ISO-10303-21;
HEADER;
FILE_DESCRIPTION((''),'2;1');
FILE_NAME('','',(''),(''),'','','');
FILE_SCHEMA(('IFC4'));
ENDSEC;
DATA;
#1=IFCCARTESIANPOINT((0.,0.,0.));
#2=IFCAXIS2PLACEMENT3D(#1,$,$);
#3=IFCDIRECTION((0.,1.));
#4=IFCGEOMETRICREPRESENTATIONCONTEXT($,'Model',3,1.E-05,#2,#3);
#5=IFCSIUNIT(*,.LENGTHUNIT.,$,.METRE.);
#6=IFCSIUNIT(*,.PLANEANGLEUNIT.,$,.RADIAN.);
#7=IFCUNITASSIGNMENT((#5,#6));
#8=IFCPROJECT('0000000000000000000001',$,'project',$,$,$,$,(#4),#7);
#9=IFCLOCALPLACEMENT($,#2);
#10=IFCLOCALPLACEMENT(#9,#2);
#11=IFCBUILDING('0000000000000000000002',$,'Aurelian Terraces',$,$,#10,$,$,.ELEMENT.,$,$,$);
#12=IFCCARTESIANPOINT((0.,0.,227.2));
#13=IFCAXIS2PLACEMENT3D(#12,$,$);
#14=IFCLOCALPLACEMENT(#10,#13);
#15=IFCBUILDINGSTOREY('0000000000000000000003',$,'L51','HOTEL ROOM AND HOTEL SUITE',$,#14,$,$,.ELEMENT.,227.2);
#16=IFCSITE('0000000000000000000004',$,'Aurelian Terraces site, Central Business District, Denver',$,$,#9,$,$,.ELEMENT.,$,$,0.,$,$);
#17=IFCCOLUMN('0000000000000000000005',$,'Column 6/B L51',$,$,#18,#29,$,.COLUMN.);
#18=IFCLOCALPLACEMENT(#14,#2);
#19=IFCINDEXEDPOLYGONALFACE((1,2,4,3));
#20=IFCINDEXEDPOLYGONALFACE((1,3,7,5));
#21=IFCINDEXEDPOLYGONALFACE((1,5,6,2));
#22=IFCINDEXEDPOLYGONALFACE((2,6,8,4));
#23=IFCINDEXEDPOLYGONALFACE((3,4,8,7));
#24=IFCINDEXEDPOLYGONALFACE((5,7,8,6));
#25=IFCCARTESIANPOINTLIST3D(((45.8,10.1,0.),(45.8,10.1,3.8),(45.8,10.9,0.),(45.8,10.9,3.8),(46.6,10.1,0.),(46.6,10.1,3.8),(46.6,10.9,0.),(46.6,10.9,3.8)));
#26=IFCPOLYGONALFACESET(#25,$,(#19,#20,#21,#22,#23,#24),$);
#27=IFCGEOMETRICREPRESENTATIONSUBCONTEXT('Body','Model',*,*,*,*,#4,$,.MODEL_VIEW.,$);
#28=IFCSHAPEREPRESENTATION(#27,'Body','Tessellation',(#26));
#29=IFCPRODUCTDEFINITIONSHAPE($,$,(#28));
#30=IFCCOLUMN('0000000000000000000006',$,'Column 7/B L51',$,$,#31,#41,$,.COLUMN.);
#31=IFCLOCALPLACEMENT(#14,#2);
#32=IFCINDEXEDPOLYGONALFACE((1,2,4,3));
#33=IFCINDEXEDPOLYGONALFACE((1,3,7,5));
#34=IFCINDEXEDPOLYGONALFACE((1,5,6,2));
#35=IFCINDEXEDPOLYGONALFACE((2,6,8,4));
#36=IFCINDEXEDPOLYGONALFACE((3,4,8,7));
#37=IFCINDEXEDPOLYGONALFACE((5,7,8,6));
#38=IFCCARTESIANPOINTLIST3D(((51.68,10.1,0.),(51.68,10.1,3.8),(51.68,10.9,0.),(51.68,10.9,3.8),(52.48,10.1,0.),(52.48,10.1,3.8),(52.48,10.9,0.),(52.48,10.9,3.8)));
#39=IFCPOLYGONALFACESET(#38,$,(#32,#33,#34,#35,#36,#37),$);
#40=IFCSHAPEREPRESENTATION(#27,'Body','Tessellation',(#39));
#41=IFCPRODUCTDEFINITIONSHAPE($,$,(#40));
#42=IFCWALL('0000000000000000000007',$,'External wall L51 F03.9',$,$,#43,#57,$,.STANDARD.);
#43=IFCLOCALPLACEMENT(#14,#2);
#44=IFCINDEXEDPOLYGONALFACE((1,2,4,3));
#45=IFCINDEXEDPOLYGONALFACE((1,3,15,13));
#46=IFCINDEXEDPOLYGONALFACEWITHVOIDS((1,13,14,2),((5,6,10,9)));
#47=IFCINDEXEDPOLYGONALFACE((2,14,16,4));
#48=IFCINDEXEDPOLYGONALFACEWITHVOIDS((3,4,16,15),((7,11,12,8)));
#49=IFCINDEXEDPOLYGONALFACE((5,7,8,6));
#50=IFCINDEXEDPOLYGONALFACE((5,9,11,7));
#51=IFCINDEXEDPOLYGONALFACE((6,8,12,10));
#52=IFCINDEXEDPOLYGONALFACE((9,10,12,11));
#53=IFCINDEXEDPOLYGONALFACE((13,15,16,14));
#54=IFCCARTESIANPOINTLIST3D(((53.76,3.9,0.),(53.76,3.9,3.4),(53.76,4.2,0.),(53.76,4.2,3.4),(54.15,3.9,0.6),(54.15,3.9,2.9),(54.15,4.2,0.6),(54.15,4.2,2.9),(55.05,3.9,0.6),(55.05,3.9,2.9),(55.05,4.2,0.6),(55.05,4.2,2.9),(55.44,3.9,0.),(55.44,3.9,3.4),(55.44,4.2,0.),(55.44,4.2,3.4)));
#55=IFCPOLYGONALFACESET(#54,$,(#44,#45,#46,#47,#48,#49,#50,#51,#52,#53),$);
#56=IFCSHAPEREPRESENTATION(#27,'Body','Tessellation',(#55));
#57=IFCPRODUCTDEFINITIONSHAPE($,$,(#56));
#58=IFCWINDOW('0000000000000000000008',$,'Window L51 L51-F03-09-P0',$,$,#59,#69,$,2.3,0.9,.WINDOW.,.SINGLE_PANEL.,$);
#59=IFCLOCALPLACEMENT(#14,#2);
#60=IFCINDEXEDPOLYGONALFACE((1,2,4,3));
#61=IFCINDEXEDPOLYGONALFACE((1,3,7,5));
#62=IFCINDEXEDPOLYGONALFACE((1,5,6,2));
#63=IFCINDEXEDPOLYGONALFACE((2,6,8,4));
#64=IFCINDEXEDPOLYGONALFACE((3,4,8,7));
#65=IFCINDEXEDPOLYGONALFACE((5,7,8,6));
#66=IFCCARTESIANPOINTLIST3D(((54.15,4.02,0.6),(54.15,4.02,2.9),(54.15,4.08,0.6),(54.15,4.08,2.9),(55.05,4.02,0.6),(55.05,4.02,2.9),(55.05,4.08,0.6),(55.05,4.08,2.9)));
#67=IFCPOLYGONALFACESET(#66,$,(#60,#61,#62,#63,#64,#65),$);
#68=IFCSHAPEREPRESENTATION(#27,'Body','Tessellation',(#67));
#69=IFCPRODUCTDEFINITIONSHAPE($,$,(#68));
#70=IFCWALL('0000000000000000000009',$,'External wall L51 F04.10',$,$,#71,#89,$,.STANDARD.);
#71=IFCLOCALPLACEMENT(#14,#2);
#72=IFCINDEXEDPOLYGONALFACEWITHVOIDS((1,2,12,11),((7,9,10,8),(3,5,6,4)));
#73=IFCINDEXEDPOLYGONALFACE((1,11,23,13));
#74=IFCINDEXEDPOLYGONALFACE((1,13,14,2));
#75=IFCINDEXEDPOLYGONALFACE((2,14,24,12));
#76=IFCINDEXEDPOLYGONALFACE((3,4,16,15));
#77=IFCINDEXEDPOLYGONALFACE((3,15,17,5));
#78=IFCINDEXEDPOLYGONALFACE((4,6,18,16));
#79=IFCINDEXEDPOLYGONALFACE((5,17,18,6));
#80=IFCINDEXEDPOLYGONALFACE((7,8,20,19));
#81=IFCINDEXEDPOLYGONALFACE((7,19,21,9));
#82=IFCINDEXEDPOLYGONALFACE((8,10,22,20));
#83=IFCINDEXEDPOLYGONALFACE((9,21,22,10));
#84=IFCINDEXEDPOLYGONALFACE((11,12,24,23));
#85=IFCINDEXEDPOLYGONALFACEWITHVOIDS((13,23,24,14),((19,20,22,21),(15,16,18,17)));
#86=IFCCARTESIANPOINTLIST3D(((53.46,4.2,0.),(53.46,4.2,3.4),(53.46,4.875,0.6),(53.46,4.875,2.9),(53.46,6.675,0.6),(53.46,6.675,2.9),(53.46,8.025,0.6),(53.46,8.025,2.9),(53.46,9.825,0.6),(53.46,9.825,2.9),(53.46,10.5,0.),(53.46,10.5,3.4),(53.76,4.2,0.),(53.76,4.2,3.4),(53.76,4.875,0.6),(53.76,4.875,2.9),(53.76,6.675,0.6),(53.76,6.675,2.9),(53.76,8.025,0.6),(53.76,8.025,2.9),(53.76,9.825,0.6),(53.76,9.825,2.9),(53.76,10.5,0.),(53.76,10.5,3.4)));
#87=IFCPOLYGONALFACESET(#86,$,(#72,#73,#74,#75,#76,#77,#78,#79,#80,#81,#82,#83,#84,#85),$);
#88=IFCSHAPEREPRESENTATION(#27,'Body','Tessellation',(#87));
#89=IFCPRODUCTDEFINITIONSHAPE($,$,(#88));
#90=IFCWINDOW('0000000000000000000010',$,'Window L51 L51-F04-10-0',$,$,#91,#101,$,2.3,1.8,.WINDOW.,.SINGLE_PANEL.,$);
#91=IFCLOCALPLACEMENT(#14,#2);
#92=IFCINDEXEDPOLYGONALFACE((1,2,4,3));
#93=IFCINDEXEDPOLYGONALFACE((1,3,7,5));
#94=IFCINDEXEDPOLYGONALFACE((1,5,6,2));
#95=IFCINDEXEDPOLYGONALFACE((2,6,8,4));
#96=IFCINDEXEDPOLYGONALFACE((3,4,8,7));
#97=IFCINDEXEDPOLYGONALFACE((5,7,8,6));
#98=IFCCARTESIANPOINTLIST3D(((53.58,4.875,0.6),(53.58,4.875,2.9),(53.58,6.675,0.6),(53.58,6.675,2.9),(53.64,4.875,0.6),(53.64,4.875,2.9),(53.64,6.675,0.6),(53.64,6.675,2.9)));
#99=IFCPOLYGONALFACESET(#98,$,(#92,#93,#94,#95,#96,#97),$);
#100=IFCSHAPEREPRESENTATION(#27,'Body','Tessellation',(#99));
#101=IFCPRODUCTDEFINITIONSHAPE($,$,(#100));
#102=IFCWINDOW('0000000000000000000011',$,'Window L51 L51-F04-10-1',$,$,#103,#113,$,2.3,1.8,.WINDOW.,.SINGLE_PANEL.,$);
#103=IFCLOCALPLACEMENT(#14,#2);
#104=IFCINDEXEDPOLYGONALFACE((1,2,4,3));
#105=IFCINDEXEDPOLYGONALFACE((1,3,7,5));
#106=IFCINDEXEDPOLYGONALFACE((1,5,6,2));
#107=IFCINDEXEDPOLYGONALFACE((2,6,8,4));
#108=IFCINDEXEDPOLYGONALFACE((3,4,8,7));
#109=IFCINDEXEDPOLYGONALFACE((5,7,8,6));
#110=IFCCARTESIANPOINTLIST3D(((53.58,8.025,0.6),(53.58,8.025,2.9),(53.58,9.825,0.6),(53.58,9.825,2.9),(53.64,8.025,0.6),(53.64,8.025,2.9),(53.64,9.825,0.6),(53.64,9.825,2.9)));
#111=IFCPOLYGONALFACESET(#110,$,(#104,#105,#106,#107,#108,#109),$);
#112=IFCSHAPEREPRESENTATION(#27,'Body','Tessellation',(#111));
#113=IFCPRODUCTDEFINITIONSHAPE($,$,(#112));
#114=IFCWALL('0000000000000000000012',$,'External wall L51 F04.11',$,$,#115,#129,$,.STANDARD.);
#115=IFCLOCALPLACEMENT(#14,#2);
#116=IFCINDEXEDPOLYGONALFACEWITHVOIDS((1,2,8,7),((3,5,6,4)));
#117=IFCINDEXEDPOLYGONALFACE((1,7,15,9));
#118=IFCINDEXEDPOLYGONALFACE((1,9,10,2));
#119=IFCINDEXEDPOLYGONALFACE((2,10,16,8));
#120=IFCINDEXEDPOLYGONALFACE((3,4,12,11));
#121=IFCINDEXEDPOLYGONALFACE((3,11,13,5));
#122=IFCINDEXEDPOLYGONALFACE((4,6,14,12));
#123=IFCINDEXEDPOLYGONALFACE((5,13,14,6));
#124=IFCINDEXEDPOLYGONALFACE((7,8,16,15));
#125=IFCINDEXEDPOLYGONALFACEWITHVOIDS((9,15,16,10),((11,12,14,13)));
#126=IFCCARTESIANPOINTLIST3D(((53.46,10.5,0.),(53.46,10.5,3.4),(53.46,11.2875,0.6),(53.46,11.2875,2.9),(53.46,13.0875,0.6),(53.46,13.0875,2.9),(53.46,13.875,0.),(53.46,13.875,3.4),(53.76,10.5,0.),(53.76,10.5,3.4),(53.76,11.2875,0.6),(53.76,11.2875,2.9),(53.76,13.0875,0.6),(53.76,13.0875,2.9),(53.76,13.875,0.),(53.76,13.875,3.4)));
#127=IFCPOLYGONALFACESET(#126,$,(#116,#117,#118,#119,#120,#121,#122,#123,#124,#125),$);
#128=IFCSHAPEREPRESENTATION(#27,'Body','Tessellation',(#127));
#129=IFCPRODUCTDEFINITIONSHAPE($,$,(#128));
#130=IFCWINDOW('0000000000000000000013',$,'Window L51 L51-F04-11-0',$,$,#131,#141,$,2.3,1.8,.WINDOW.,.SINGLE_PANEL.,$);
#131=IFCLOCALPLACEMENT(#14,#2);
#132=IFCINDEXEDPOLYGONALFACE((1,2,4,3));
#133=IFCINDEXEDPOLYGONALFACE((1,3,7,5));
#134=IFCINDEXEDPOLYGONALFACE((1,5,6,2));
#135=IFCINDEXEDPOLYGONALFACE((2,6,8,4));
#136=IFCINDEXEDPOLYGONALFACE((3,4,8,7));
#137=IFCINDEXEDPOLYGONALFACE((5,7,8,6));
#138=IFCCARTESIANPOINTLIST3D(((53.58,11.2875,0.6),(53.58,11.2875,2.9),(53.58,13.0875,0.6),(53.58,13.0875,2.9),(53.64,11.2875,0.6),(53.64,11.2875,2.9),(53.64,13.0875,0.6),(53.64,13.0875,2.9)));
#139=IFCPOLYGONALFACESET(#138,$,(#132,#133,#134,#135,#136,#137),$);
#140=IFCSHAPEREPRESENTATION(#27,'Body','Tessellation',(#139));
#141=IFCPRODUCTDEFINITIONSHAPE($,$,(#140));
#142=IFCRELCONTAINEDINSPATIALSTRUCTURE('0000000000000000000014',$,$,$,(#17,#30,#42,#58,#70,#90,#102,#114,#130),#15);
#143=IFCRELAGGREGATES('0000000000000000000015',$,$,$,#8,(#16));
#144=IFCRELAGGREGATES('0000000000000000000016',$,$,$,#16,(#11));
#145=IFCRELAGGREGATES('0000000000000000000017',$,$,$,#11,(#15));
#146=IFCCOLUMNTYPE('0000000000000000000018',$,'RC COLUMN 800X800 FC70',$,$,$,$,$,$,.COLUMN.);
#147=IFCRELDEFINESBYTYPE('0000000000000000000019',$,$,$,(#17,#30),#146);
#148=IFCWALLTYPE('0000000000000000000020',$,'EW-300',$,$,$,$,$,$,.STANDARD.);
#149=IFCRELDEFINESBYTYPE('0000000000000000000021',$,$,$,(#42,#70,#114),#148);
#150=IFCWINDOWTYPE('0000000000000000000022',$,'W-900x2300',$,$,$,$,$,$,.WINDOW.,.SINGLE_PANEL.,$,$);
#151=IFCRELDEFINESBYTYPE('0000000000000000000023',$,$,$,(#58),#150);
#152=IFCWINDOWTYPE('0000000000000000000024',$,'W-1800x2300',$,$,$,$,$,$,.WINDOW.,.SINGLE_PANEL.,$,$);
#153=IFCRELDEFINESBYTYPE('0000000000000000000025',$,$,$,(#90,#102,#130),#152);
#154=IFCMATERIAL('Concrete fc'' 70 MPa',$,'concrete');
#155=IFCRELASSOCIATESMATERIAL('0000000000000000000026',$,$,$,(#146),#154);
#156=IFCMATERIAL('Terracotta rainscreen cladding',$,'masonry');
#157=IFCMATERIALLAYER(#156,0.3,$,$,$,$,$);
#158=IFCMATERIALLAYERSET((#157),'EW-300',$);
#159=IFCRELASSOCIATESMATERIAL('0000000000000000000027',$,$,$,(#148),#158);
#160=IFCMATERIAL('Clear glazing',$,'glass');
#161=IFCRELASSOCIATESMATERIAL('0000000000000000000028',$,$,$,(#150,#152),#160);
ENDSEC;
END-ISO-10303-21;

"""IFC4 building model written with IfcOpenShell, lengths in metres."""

from ifc_helpers import new_model, si_unit, direction, frame, frame_2d, origin, origin_2d, place, context, subcontext, project, spatial, rectangle, extrude, source, transform, mapped, material, layer, layer_set, material_profile, profile_set, type_object, element, fill, save


model = new_model("IFC4")

# Units and contexts
model_context = context("Model", 3, precision=1e-05, world=origin(), true_north=direction((0.0, 1.0)))
body_context = subcontext(model_context, "Body", "Model", "MODEL_VIEW")
ifc_project = project(units=[si_unit("LENGTHUNIT", "METRE"), si_unit("PLANEANGLEUNIT", "RADIAN")], contexts=[model_context])

# Site, building, storey
site_placement = place(None, origin())
site = spatial("IfcSite", under=ifc_project, at=site_placement, Name="Aurelian Terraces site, Central Business District, Denver", CompositionType="ELEMENT", RefElevation=0.0)
building_placement = place(site_placement, origin())
building = spatial("IfcBuilding", under=site, at=building_placement, Name="Aurelian Terraces", CompositionType="ELEMENT")
storey_placement = place(building_placement, frame((0.0, 0.0, 227.2)))
storey = spatial("IfcBuildingStorey", under=building, at=storey_placement, Name="L51", Description="HOTEL ROOM AND HOTEL SUITE", CompositionType="ELEMENT", Elevation=227.2)

# Columns
ifc_material_1 = material(Name="Concrete fc' 70 MPa", Category="concrete")
ifc_material_profile = material_profile(ifc_material_1, rectangle(XDim=0.8, YDim=0.8, at=origin_2d()))
ifc_profile_set = profile_set([ifc_material_profile], Name="Concrete fc' 70 MPa")
column_type = type_object("IfcColumnType", Name="RC COLUMN 800X800 FC70", PredefinedType="COLUMN", material=ifc_profile_set)
shared_shape_1 = source(origin(), body_context, "Body", "SweptSolid", [
    extrude(rectangle(XDim=0.8, YDim=0.8, at=origin_2d()), origin(), (0.0, 0.0, 1.0), 3.8),
])
for number, where, z_axis, x_axis, name in (
    (1, (46.2, 10.5, 0.0), (0.0, 0.0, 1.0), (1.0, 0.0, 0.0), "Column 6/B L51"),
    (2, (52.08, 10.5, 0.0), (0.0, 0.0, 1.0), (1.0, 0.0, 0.0), "Column 7/B L51"),
):
    element("IfcColumn", number, at=place(storey_placement, frame(where, z_axis=z_axis, x_axis=x_axis)), inside=storey, type_object=column_type, Name=name, PredefinedType="COLUMN", context=body_context, shape_type="MappedRepresentation", body=[
        mapped(shared_shape_1, transform((0.0, 0.0, 0.0), scale=1.0)),
    ])

# Wall, opening, window
ifc_material_2 = material(Name="Terracotta rainscreen cladding", Category="masonry")
ifc_layer_1 = layer(ifc_material_2, 0.3)
ifc_layer_set_1 = layer_set([ifc_layer_1], Name="EW-300")
wall_type_1 = type_object("IfcWallType", Name="EW-300", PredefinedType="STANDARD", material=ifc_layer_set_1)
shared_shape_2 = source(origin(), body_context, "Body", "SweptSolid", [
    extrude(rectangle(XDim=1.68, YDim=0.3, at=frame_2d((0.84, 0.0))), origin(), (0.0, 0.0, 1.0), 3.4),
])
wall_1_placement = place(storey_placement, frame((55.44, 4.05, 0.0), z_axis=(0.0, 0.0, 1.0), x_axis=(-1.0, 0.0, 0.0)))
wall_1 = element("IfcWall", 3, at=wall_1_placement, inside=storey, type_object=wall_type_1, Name="External wall L51 F03.9", PredefinedType="STANDARD", context=body_context, shape_type="MappedRepresentation", body=[
    mapped(shared_shape_2, transform((0.0, 0.0, 0.0), scale=1.0)),
])
shared_shape_3 = source(origin(), body_context, "Body", "SweptSolid", [
    extrude(rectangle(XDim=0.9, YDim=2.3, at=frame_2d((0.45, 1.15))), frame((0.0, 0.16, 0.0), z_axis=(0.0, -1.0, 0.0), x_axis=(1.0, 0.0, 0.0)), (0.0, 0.0, 1.0), 0.32),
])
opening_1_placement = place(wall_1_placement, frame((0.39, 0.0, 0.6)))
opening_1 = element("IfcOpeningElement", 4, at=opening_1_placement, cuts=wall_1, PredefinedType="OPENING", context=body_context, shape_type="MappedRepresentation", body=[
    mapped(shared_shape_3, transform((0.0, 0.0, 0.0), scale=1.0)),
])
ifc_material_3 = material(Name="Clear glazing", Category="glass")
window_type_1 = type_object("IfcWindowType", Name="W-900x2300", PartitioningType="SINGLE_PANEL", PredefinedType="WINDOW", material=ifc_material_3)
shared_shape_4 = source(origin(), body_context, "Body", "SweptSolid", [
    extrude(rectangle(XDim=0.9, YDim=2.3, at=frame_2d((0.45, 1.15))), frame((0.0, 0.03, 0.0), z_axis=(0.0, -1.0, 0.0), x_axis=(1.0, 0.0, 0.0)), (0.0, 0.0, 1.0), 0.06),
])
window_1_placement = place(opening_1_placement, origin())
window_1 = element("IfcWindow", 5, at=window_1_placement, inside=storey, type_object=window_type_1, Name="Window L51 L51-F03-09-P0", OverallHeight=2.3, OverallWidth=0.9, PartitioningType="SINGLE_PANEL", PredefinedType="WINDOW", context=body_context, shape_type="MappedRepresentation", body=[
    mapped(shared_shape_4, transform((0.0, 0.0, 0.0), scale=1.0)),
])
fill(opening_1, window_1)

# Wall, openings, windows
shared_shape_5 = source(origin(), body_context, "Body", "SweptSolid", [
    extrude(rectangle(XDim=6.3, YDim=0.3, at=frame_2d((3.15, 0.0))), origin(), (0.0, 0.0, 1.0), 3.4),
])
wall_2_placement = place(storey_placement, frame((53.61, 4.2, 0.0), z_axis=(0.0, 0.0, 1.0), x_axis=(0.0, 1.0, 0.0)))
wall_2 = element("IfcWall", 6, at=wall_2_placement, inside=storey, type_object=wall_type_1, Name="External wall L51 F04.10", PredefinedType="STANDARD", context=body_context, shape_type="MappedRepresentation", body=[
    mapped(shared_shape_5, transform((0.0, 0.0, 0.0), scale=1.0)),
])
shared_shape_6 = source(origin(), body_context, "Body", "SweptSolid", [
    extrude(rectangle(XDim=1.8, YDim=2.3, at=frame_2d((0.9, 1.15))), frame((0.0, 0.16, 0.0), z_axis=(0.0, -1.0, 0.0), x_axis=(1.0, 0.0, 0.0)), (0.0, 0.0, 1.0), 0.32),
])
opening_2_placement = place(wall_2_placement, frame((0.675, 0.0, 0.6)))
opening_2 = element("IfcOpeningElement", 7, at=opening_2_placement, cuts=wall_2, PredefinedType="OPENING", context=body_context, shape_type="MappedRepresentation", body=[
    mapped(shared_shape_6, transform((0.0, 0.0, 0.0), scale=1.0)),
])
opening_3_placement = place(wall_2_placement, frame((3.825, 0.0, 0.6)))
opening_3 = element("IfcOpeningElement", 8, at=opening_3_placement, cuts=wall_2, PredefinedType="OPENING", context=body_context, shape_type="MappedRepresentation", body=[
    mapped(shared_shape_6, transform((0.0, 0.0, 0.0), scale=1.0)),
])
window_type_2 = type_object("IfcWindowType", Name="W-1800x2300", PartitioningType="SINGLE_PANEL", PredefinedType="WINDOW", material=ifc_material_3)
shared_shape_7 = source(origin(), body_context, "Body", "SweptSolid", [
    extrude(rectangle(XDim=1.8, YDim=2.3, at=frame_2d((0.9, 1.15))), frame((0.0, 0.03, 0.0), z_axis=(0.0, -1.0, 0.0), x_axis=(1.0, 0.0, 0.0)), (0.0, 0.0, 1.0), 0.06),
])
window_2_placement = place(opening_2_placement, origin())
window_2 = element("IfcWindow", 9, at=window_2_placement, inside=storey, type_object=window_type_2, Name="Window L51 L51-F04-10-0", OverallHeight=2.3, OverallWidth=1.8, PartitioningType="SINGLE_PANEL", PredefinedType="WINDOW", context=body_context, shape_type="MappedRepresentation", body=[
    mapped(shared_shape_7, transform((0.0, 0.0, 0.0), scale=1.0)),
])
fill(opening_2, window_2)
window_3_placement = place(opening_3_placement, origin())
window_3 = element("IfcWindow", 10, at=window_3_placement, inside=storey, type_object=window_type_2, Name="Window L51 L51-F04-10-1", OverallHeight=2.3, OverallWidth=1.8, PartitioningType="SINGLE_PANEL", PredefinedType="WINDOW", context=body_context, shape_type="MappedRepresentation", body=[
    mapped(shared_shape_7, transform((0.0, 0.0, 0.0), scale=1.0)),
])
fill(opening_3, window_3)

# Wall, opening, window
shared_shape_8 = source(origin(), body_context, "Body", "SweptSolid", [
    extrude(rectangle(XDim=3.375, YDim=0.3, at=frame_2d((1.6875, 0.0))), origin(), (0.0, 0.0, 1.0), 3.4),
])
wall_3_placement = place(storey_placement, frame((53.61, 10.5, 0.0), z_axis=(0.0, 0.0, 1.0), x_axis=(0.0, 1.0, 0.0)))
wall_3 = element("IfcWall", 11, at=wall_3_placement, inside=storey, type_object=wall_type_1, Name="External wall L51 F04.11", PredefinedType="STANDARD", context=body_context, shape_type="MappedRepresentation", body=[
    mapped(shared_shape_8, transform((0.0, 0.0, 0.0), scale=1.0)),
])
opening_4_placement = place(wall_3_placement, frame((0.7875, 0.0, 0.6)))
opening_4 = element("IfcOpeningElement", 12, at=opening_4_placement, cuts=wall_3, PredefinedType="OPENING", context=body_context, shape_type="MappedRepresentation", body=[
    mapped(shared_shape_6, transform((0.0, 0.0, 0.0), scale=1.0)),
])
window_4_placement = place(opening_4_placement, origin())
window_4 = element("IfcWindow", 13, at=window_4_placement, inside=storey, type_object=window_type_2, Name="Window L51 L51-F04-11-0", OverallHeight=2.3, OverallWidth=1.8, PartitioningType="SINGLE_PANEL", PredefinedType="WINDOW", context=body_context, shape_type="MappedRepresentation", body=[
    mapped(shared_shape_7, transform((0.0, 0.0, 0.0), scale=1.0)),
])
fill(opening_4, window_4)

save(model, "model.ifc")
